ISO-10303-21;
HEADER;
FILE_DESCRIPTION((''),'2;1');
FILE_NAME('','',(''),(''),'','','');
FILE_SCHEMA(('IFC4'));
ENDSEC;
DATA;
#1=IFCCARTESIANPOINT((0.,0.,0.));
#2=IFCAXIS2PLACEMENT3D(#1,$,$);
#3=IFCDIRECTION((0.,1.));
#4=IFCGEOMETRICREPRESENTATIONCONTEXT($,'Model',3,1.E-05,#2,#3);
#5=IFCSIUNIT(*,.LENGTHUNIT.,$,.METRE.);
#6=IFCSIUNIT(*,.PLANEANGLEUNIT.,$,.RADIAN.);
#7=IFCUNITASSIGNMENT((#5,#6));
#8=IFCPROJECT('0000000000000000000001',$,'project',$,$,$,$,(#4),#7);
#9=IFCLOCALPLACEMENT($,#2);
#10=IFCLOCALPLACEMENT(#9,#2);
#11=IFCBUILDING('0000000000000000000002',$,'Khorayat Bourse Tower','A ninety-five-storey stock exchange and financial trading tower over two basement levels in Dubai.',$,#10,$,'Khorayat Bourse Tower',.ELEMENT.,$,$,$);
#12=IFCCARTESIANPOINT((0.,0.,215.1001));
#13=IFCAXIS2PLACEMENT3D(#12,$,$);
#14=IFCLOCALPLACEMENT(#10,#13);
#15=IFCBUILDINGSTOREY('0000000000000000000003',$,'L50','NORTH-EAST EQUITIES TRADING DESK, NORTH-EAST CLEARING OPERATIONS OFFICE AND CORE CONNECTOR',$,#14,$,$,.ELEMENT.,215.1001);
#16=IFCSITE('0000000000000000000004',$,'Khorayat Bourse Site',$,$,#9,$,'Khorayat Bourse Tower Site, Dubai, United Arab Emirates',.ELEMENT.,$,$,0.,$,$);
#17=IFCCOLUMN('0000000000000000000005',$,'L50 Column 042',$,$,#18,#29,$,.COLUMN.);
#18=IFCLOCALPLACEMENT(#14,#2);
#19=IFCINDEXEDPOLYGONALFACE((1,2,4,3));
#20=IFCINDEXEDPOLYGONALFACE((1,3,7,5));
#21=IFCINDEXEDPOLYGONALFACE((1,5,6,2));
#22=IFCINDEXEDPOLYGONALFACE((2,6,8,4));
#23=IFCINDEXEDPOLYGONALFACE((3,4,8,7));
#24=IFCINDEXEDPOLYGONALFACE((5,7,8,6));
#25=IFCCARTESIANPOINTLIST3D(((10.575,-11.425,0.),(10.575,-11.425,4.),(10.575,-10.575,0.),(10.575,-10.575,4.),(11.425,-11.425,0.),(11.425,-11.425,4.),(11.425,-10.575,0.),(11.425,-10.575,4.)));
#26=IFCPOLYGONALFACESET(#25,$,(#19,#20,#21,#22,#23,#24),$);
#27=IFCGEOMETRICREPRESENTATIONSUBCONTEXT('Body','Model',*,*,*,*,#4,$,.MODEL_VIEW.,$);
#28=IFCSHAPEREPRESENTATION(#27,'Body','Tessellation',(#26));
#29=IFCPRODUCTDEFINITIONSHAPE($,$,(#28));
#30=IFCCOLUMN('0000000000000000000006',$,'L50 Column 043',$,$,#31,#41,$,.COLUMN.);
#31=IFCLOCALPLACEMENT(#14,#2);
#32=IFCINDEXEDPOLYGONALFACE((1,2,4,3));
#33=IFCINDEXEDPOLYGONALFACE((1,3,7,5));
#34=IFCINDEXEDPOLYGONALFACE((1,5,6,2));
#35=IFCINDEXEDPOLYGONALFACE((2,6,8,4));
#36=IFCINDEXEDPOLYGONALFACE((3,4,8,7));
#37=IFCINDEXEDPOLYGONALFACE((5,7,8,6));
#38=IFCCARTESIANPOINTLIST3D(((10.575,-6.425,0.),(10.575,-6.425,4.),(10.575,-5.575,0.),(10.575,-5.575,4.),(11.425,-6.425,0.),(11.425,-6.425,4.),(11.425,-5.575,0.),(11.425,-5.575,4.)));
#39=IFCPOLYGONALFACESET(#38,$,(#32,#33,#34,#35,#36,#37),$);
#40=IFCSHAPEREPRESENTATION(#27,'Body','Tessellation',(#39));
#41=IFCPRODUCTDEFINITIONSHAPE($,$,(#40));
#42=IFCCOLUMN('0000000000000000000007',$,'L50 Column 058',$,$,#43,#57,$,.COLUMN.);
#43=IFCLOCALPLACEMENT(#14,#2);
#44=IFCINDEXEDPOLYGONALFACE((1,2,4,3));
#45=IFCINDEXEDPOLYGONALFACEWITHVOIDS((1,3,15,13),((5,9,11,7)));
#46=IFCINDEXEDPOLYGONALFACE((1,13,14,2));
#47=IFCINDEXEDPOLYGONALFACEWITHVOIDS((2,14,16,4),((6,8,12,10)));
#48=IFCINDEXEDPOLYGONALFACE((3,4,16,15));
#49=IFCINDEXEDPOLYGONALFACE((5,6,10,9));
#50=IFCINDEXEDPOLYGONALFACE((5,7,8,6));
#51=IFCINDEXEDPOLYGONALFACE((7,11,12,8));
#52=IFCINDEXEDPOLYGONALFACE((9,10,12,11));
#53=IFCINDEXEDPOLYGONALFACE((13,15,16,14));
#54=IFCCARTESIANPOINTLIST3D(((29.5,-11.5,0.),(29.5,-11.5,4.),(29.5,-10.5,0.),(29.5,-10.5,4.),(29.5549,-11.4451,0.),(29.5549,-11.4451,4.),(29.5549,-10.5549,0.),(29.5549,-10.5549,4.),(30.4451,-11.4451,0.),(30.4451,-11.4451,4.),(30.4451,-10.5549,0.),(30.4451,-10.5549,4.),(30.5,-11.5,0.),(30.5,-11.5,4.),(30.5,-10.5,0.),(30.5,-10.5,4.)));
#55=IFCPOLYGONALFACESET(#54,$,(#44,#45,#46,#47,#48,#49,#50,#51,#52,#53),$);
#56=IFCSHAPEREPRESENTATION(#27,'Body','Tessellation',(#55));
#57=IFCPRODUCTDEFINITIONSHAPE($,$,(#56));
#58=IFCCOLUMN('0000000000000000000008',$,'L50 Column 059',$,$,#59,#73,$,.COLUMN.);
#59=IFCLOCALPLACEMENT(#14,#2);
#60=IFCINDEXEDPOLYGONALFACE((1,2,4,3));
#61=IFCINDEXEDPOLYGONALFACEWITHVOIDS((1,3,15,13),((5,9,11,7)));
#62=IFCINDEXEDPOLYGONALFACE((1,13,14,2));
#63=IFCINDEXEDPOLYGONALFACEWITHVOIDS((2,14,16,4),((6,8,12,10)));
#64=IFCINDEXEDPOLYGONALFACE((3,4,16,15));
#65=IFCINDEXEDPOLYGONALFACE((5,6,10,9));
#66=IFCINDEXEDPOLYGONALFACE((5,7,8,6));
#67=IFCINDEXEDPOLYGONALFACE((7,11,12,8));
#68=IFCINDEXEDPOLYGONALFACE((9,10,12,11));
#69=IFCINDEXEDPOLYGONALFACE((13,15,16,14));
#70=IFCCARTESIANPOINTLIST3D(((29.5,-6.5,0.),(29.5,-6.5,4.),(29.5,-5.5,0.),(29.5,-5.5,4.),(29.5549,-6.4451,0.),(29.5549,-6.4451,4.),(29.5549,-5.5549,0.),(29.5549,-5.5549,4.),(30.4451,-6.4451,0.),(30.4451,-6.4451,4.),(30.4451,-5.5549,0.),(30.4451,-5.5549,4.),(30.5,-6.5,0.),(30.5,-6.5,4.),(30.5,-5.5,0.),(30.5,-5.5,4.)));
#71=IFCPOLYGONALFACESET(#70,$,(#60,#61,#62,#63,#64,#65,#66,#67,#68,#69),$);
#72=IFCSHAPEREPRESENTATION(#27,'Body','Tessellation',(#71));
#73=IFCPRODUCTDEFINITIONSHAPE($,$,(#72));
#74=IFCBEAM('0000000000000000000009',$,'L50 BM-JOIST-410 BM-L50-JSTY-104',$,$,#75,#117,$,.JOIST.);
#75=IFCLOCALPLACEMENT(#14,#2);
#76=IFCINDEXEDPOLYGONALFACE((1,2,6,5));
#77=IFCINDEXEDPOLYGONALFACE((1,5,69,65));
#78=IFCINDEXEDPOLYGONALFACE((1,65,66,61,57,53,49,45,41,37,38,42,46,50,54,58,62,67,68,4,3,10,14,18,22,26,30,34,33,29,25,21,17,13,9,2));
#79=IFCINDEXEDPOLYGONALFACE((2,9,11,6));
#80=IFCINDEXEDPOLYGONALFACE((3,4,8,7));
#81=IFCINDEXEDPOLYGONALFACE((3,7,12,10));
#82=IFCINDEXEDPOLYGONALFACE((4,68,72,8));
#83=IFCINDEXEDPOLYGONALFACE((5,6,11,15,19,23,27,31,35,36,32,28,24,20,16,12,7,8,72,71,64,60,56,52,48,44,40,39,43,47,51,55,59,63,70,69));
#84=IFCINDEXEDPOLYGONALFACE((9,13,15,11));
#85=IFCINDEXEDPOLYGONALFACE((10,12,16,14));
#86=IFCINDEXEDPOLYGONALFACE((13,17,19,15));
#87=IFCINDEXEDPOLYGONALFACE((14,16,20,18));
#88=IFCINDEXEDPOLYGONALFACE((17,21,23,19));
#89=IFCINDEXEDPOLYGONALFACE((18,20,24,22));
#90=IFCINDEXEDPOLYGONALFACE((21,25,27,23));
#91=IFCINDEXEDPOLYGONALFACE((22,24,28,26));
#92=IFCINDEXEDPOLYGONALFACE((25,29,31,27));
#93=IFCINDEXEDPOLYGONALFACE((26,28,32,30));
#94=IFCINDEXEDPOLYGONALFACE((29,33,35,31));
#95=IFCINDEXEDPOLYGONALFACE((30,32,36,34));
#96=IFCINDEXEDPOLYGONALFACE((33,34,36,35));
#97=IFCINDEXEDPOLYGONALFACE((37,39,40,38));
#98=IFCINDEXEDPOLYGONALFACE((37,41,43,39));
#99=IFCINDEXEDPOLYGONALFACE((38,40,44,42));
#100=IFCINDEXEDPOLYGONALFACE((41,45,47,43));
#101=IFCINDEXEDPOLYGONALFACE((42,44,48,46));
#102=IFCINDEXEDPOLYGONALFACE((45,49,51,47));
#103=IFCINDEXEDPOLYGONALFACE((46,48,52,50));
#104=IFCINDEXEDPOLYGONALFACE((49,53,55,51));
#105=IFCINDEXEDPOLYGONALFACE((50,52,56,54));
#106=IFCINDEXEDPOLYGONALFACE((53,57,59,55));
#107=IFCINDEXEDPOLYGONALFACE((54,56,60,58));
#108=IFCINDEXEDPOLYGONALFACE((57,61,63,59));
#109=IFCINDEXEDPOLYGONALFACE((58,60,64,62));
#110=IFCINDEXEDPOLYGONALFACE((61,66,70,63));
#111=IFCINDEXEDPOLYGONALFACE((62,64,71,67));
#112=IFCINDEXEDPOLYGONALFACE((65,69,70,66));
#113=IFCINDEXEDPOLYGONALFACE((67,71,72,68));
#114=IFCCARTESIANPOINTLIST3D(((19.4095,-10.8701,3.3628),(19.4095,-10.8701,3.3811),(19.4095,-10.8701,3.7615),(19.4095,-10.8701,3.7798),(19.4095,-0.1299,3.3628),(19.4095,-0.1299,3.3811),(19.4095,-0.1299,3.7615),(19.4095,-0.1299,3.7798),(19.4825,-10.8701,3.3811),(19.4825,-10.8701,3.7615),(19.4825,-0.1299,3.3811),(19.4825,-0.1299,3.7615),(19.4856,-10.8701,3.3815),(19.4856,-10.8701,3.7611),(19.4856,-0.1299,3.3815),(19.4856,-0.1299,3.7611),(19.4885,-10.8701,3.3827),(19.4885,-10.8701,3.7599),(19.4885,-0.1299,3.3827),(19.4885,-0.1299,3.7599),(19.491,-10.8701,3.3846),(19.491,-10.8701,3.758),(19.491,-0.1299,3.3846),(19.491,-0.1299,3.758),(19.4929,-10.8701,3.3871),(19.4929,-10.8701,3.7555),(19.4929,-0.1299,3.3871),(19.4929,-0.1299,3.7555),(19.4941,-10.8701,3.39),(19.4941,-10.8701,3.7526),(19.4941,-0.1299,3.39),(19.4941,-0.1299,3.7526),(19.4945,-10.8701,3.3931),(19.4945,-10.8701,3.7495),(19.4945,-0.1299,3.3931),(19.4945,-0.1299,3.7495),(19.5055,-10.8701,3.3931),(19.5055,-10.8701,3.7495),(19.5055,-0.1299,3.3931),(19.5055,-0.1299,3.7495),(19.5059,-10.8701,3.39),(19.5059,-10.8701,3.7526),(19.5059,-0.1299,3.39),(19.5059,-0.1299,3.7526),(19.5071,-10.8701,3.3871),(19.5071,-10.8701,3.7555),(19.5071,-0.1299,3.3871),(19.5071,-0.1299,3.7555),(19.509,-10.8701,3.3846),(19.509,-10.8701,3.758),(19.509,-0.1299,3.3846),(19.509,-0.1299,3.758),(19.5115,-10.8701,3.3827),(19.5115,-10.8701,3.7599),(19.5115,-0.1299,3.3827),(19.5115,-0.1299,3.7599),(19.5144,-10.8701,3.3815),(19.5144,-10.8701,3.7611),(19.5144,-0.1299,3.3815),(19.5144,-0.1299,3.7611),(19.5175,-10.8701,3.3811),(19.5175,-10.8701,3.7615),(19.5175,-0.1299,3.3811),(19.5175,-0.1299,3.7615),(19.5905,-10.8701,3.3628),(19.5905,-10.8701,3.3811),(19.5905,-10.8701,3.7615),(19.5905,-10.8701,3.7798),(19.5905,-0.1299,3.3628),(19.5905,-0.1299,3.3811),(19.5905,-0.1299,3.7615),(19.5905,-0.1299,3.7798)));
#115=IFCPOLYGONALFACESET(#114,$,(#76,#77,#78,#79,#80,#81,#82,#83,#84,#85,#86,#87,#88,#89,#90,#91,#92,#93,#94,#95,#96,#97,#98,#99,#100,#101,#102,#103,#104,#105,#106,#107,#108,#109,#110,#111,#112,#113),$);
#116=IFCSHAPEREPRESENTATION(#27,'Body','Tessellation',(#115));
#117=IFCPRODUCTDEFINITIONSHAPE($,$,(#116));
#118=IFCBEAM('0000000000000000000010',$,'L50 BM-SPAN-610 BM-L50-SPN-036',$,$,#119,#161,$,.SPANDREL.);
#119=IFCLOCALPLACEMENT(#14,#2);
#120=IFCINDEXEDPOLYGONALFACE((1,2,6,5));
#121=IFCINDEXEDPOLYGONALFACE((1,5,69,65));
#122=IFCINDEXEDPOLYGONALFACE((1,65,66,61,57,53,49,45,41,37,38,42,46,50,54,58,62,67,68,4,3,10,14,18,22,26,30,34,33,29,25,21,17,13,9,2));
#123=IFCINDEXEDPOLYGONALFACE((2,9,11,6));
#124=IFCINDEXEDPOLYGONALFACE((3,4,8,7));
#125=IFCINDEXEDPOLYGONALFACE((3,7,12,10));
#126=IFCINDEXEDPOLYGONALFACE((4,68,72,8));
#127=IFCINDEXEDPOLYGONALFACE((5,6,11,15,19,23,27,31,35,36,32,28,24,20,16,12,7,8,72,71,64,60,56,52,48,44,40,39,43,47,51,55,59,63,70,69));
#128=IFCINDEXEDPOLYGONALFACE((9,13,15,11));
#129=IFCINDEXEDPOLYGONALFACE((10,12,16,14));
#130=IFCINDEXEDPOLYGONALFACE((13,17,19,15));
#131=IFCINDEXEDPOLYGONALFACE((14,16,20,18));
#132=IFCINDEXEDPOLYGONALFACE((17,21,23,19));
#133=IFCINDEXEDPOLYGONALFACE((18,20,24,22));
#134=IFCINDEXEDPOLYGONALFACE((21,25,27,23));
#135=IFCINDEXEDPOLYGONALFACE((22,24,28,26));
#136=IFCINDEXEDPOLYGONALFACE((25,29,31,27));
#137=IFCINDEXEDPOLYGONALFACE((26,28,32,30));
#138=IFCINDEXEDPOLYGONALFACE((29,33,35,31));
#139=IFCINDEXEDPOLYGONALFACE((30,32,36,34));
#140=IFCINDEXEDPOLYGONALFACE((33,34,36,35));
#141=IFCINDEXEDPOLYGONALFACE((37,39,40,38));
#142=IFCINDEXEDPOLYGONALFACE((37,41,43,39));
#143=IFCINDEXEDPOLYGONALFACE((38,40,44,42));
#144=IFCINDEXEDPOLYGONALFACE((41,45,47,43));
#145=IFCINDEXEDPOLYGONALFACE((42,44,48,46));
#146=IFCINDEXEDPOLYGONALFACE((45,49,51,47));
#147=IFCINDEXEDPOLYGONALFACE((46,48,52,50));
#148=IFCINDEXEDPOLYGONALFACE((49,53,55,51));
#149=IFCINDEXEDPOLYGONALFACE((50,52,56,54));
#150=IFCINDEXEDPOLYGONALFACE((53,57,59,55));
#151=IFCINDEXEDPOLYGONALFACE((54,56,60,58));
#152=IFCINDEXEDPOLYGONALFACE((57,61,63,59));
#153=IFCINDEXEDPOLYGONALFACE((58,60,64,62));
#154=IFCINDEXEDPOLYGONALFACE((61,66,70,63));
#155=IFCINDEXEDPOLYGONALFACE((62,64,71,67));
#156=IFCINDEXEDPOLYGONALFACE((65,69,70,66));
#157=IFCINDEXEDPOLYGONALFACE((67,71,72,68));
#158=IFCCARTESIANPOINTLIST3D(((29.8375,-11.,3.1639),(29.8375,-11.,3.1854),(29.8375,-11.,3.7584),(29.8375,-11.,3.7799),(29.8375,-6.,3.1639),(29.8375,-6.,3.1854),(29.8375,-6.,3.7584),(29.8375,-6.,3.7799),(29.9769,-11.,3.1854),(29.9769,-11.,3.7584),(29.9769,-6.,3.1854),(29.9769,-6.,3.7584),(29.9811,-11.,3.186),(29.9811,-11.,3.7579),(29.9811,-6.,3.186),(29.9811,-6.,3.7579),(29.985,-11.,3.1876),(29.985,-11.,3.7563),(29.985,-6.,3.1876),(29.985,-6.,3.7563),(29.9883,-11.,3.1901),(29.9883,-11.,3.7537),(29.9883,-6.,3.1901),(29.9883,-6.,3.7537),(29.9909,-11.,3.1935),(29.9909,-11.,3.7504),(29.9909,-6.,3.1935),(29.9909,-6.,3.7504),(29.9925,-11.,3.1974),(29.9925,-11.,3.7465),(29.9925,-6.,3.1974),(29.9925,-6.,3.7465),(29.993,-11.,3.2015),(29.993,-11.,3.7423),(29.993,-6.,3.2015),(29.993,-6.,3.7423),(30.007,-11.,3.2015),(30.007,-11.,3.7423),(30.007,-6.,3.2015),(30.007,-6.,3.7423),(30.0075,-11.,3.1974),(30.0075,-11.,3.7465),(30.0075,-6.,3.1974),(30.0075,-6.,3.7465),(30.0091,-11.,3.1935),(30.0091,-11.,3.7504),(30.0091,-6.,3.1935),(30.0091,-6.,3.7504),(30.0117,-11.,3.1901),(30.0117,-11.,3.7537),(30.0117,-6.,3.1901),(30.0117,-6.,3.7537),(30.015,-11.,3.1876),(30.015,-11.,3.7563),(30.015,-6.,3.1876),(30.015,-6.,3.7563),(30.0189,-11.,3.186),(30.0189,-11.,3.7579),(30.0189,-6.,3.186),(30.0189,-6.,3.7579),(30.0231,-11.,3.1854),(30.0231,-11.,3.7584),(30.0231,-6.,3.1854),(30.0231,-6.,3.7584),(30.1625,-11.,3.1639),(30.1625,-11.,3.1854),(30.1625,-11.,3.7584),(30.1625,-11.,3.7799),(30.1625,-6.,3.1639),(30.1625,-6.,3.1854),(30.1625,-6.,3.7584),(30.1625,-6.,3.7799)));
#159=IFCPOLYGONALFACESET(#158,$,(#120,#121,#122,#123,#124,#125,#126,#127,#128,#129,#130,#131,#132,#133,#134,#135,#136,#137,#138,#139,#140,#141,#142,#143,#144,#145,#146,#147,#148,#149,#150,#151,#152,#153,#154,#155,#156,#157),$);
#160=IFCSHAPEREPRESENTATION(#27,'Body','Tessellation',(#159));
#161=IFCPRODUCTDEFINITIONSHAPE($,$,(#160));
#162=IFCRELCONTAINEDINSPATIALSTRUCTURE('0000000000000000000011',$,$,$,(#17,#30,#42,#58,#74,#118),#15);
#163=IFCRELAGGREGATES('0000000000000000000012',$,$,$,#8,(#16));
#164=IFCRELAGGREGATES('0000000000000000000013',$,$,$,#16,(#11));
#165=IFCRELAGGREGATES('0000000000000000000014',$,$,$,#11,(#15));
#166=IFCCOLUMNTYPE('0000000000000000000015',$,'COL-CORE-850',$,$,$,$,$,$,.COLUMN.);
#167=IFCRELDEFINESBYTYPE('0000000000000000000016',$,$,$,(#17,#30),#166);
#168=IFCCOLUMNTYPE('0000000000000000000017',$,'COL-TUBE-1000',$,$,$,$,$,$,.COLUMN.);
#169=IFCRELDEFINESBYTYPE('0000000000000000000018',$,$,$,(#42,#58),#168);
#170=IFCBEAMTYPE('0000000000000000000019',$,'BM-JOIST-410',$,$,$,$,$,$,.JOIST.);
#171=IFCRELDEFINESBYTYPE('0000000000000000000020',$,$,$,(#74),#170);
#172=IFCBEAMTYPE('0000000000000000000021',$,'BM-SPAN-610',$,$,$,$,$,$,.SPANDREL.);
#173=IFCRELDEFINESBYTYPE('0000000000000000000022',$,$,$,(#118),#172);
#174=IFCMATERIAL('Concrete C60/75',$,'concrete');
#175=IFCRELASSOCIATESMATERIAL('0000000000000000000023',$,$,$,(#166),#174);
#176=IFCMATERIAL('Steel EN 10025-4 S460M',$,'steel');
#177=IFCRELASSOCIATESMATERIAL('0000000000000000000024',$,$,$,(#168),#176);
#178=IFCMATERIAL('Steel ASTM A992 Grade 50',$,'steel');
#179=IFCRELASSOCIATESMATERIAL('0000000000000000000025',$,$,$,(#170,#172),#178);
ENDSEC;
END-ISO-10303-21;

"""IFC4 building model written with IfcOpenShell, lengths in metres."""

from ifc_helpers import new_model, si_unit, direction, frame, origin, origin_2d, place, context, subcontext, project, spatial, rectangle, hollow_rectangle, i_section, extrude, source, transform, mapped, material, material_profile, profile_set, type_object, element, save


model = new_model("IFC4")

# Units and contexts
model_context = context("Model", 3, precision=1e-05, world=origin(), true_north=direction((0.0, 1.0)))
body_context = subcontext(model_context, "Body", "Model", "MODEL_VIEW")
ifc_project = project(units=[si_unit("LENGTHUNIT", "METRE"), si_unit("PLANEANGLEUNIT", "RADIAN")], contexts=[model_context])

# Site, building, storey
site_placement = place(None, origin())
site = spatial("IfcSite", under=ifc_project, at=site_placement, Name="Khorayat Bourse Site", LongName="Khorayat Bourse Tower Site, Dubai, United Arab Emirates", CompositionType="ELEMENT", RefElevation=0.0)
building_placement = place(site_placement, origin())
building = spatial("IfcBuilding", under=site, at=building_placement, Name="Khorayat Bourse Tower", Description="A ninety-five-storey stock exchange and financial trading tower over two basement levels in Dubai.", LongName="Khorayat Bourse Tower", CompositionType="ELEMENT")
storey_placement = place(building_placement, frame((0.0, 0.0, 215.1001)))
storey = spatial("IfcBuildingStorey", under=building, at=storey_placement, Name="L50", Description="NORTH-EAST EQUITIES TRADING DESK, NORTH-EAST CLEARING OPERATIONS OFFICE AND CORE CONNECTOR", CompositionType="ELEMENT", Elevation=215.1001)

# Columns
ifc_material_1 = material(Name="Concrete C60/75", Category="concrete")
ifc_material_profile_1 = material_profile(ifc_material_1, rectangle(XDim=0.8501, YDim=0.8501, at=origin_2d()), Name="RC 850x850")
ifc_profile_set_1 = profile_set([ifc_material_profile_1], Name="Concrete C60/75")
column_type_1 = type_object("IfcColumnType", Name="COL-CORE-850", PredefinedType="COLUMN", material=ifc_profile_set_1)
shared_shape_1 = source(origin(), body_context, "Body", "SweptSolid", [
    extrude(rectangle(XDim=0.8501, YDim=0.8501, at=origin_2d()), origin(), (0.0, 0.0, 1.0), 4.0),
])
for number, where, z_axis, x_axis, name in (
    (1, (11.0, -11.0, 0.0), (0.0, 0.0, 1.0), (1.0, 0.0, 0.0), "L50 Column 042"),
    (2, (11.0, -6.0, 0.0), (0.0, 0.0, 1.0), (1.0, 0.0, 0.0), "L50 Column 043"),
):
    element("IfcColumn", number, at=place(storey_placement, frame(where, z_axis=z_axis, x_axis=x_axis)), inside=storey, type_object=column_type_1, Name=name, PredefinedType="COLUMN", context=body_context, shape_type="MappedRepresentation", body=[
        mapped(shared_shape_1, transform((0.0, 0.0, 0.0), scale=1.0)),
    ])
ifc_material_2 = material(Name="Steel EN 10025-4 S460M", Category="steel")
ifc_material_profile_2 = material_profile(ifc_material_2, hollow_rectangle(XDim=1.0, YDim=1.0, WallThickness=0.0549, at=origin_2d()), Name="BOX 1000x1000x55")
ifc_profile_set_2 = profile_set([ifc_material_profile_2], Name="Steel EN 10025-4 S460M")
column_type_2 = type_object("IfcColumnType", Name="COL-TUBE-1000", PredefinedType="COLUMN", material=ifc_profile_set_2)
shared_shape_2 = source(origin(), body_context, "Body", "SweptSolid", [
    extrude(hollow_rectangle(XDim=1.0, YDim=1.0, WallThickness=0.0549, at=origin_2d()), origin(), (0.0, 0.0, 1.0), 4.0),
])
for number, where, z_axis, x_axis, name in (
    (3, (30.0, -11.0, 0.0), (0.0, 0.0, 1.0), (1.0, 0.0, 0.0), "L50 Column 058"),
    (4, (30.0, -6.0, 0.0), (0.0, 0.0, 1.0), (1.0, 0.0, 0.0), "L50 Column 059"),
):
    element("IfcColumn", number, at=place(storey_placement, frame(where, z_axis=z_axis, x_axis=x_axis)), inside=storey, type_object=column_type_2, Name=name, PredefinedType="COLUMN", context=body_context, shape_type="MappedRepresentation", body=[
        mapped(shared_shape_2, transform((0.0, 0.0, 0.0), scale=1.0)),
    ])

# Beams
ifc_material_3 = material(Name="Steel ASTM A992 Grade 50", Category="steel")
ifc_material_profile_3 = material_profile(ifc_material_3, i_section(OverallWidth=0.1809, OverallDepth=0.417, WebThickness=0.011, FlangeThickness=0.0183, FilletRadius=0.012, at=origin_2d()), Name="W410X85")
ifc_profile_set_3 = profile_set([ifc_material_profile_3], Name="Steel ASTM A992 Grade 50")
beam_type_1 = type_object("IfcBeamType", Name="BM-JOIST-410", PredefinedType="JOIST", material=ifc_profile_set_3)
shared_shape_3 = source(origin(), body_context, "Body", "SweptSolid", [
    extrude(i_section(OverallWidth=0.1809, OverallDepth=0.417, WebThickness=0.011, FlangeThickness=0.0183, FilletRadius=0.012, at=origin_2d()), origin(), (0.0, 0.0, 1.0), 10.7402),
])
beam_1_placement = place(storey_placement, frame((19.5, -10.8701, 3.5713), z_axis=(0.0, 1.0, 0.0), x_axis=(-1.0, 0.0, 0.0)))
element("IfcBeam", 5, at=beam_1_placement, inside=storey, type_object=beam_type_1, Name="L50 BM-JOIST-410 BM-L50-JSTY-104", PredefinedType="JOIST", context=body_context, shape_type="MappedRepresentation", body=[
    mapped(shared_shape_3, transform((0.0, 0.0, 0.0), scale=1.0)),
])
ifc_material_profile_4 = material_profile(ifc_material_3, i_section(OverallWidth=0.325, OverallDepth=0.616, WebThickness=0.0139, FlangeThickness=0.0215, FilletRadius=0.0161, at=origin_2d()), Name="W610X174")
ifc_profile_set_4 = profile_set([ifc_material_profile_4], Name="Steel ASTM A992 Grade 50")
beam_type_2 = type_object("IfcBeamType", Name="BM-SPAN-610", PredefinedType="SPANDREL", material=ifc_profile_set_4)
shared_shape_4 = source(origin(), body_context, "Body", "SweptSolid", [
    extrude(i_section(OverallWidth=0.325, OverallDepth=0.616, WebThickness=0.0139, FlangeThickness=0.0215, FilletRadius=0.0161, at=origin_2d()), origin(), (0.0, 0.0, 1.0), 5.0),
])
beam_2_placement = place(storey_placement, frame((30.0, -11.0, 3.4719), z_axis=(0.0, 1.0, 0.0), x_axis=(-1.0, 0.0, 0.0)))
element("IfcBeam", 6, at=beam_2_placement, inside=storey, type_object=beam_type_2, Name="L50 BM-SPAN-610 BM-L50-SPN-036", PredefinedType="SPANDREL", context=body_context, shape_type="MappedRepresentation", body=[
    mapped(shared_shape_4, transform((0.0, 0.0, 0.0), scale=1.0)),
])

save(model, "model.ifc")
